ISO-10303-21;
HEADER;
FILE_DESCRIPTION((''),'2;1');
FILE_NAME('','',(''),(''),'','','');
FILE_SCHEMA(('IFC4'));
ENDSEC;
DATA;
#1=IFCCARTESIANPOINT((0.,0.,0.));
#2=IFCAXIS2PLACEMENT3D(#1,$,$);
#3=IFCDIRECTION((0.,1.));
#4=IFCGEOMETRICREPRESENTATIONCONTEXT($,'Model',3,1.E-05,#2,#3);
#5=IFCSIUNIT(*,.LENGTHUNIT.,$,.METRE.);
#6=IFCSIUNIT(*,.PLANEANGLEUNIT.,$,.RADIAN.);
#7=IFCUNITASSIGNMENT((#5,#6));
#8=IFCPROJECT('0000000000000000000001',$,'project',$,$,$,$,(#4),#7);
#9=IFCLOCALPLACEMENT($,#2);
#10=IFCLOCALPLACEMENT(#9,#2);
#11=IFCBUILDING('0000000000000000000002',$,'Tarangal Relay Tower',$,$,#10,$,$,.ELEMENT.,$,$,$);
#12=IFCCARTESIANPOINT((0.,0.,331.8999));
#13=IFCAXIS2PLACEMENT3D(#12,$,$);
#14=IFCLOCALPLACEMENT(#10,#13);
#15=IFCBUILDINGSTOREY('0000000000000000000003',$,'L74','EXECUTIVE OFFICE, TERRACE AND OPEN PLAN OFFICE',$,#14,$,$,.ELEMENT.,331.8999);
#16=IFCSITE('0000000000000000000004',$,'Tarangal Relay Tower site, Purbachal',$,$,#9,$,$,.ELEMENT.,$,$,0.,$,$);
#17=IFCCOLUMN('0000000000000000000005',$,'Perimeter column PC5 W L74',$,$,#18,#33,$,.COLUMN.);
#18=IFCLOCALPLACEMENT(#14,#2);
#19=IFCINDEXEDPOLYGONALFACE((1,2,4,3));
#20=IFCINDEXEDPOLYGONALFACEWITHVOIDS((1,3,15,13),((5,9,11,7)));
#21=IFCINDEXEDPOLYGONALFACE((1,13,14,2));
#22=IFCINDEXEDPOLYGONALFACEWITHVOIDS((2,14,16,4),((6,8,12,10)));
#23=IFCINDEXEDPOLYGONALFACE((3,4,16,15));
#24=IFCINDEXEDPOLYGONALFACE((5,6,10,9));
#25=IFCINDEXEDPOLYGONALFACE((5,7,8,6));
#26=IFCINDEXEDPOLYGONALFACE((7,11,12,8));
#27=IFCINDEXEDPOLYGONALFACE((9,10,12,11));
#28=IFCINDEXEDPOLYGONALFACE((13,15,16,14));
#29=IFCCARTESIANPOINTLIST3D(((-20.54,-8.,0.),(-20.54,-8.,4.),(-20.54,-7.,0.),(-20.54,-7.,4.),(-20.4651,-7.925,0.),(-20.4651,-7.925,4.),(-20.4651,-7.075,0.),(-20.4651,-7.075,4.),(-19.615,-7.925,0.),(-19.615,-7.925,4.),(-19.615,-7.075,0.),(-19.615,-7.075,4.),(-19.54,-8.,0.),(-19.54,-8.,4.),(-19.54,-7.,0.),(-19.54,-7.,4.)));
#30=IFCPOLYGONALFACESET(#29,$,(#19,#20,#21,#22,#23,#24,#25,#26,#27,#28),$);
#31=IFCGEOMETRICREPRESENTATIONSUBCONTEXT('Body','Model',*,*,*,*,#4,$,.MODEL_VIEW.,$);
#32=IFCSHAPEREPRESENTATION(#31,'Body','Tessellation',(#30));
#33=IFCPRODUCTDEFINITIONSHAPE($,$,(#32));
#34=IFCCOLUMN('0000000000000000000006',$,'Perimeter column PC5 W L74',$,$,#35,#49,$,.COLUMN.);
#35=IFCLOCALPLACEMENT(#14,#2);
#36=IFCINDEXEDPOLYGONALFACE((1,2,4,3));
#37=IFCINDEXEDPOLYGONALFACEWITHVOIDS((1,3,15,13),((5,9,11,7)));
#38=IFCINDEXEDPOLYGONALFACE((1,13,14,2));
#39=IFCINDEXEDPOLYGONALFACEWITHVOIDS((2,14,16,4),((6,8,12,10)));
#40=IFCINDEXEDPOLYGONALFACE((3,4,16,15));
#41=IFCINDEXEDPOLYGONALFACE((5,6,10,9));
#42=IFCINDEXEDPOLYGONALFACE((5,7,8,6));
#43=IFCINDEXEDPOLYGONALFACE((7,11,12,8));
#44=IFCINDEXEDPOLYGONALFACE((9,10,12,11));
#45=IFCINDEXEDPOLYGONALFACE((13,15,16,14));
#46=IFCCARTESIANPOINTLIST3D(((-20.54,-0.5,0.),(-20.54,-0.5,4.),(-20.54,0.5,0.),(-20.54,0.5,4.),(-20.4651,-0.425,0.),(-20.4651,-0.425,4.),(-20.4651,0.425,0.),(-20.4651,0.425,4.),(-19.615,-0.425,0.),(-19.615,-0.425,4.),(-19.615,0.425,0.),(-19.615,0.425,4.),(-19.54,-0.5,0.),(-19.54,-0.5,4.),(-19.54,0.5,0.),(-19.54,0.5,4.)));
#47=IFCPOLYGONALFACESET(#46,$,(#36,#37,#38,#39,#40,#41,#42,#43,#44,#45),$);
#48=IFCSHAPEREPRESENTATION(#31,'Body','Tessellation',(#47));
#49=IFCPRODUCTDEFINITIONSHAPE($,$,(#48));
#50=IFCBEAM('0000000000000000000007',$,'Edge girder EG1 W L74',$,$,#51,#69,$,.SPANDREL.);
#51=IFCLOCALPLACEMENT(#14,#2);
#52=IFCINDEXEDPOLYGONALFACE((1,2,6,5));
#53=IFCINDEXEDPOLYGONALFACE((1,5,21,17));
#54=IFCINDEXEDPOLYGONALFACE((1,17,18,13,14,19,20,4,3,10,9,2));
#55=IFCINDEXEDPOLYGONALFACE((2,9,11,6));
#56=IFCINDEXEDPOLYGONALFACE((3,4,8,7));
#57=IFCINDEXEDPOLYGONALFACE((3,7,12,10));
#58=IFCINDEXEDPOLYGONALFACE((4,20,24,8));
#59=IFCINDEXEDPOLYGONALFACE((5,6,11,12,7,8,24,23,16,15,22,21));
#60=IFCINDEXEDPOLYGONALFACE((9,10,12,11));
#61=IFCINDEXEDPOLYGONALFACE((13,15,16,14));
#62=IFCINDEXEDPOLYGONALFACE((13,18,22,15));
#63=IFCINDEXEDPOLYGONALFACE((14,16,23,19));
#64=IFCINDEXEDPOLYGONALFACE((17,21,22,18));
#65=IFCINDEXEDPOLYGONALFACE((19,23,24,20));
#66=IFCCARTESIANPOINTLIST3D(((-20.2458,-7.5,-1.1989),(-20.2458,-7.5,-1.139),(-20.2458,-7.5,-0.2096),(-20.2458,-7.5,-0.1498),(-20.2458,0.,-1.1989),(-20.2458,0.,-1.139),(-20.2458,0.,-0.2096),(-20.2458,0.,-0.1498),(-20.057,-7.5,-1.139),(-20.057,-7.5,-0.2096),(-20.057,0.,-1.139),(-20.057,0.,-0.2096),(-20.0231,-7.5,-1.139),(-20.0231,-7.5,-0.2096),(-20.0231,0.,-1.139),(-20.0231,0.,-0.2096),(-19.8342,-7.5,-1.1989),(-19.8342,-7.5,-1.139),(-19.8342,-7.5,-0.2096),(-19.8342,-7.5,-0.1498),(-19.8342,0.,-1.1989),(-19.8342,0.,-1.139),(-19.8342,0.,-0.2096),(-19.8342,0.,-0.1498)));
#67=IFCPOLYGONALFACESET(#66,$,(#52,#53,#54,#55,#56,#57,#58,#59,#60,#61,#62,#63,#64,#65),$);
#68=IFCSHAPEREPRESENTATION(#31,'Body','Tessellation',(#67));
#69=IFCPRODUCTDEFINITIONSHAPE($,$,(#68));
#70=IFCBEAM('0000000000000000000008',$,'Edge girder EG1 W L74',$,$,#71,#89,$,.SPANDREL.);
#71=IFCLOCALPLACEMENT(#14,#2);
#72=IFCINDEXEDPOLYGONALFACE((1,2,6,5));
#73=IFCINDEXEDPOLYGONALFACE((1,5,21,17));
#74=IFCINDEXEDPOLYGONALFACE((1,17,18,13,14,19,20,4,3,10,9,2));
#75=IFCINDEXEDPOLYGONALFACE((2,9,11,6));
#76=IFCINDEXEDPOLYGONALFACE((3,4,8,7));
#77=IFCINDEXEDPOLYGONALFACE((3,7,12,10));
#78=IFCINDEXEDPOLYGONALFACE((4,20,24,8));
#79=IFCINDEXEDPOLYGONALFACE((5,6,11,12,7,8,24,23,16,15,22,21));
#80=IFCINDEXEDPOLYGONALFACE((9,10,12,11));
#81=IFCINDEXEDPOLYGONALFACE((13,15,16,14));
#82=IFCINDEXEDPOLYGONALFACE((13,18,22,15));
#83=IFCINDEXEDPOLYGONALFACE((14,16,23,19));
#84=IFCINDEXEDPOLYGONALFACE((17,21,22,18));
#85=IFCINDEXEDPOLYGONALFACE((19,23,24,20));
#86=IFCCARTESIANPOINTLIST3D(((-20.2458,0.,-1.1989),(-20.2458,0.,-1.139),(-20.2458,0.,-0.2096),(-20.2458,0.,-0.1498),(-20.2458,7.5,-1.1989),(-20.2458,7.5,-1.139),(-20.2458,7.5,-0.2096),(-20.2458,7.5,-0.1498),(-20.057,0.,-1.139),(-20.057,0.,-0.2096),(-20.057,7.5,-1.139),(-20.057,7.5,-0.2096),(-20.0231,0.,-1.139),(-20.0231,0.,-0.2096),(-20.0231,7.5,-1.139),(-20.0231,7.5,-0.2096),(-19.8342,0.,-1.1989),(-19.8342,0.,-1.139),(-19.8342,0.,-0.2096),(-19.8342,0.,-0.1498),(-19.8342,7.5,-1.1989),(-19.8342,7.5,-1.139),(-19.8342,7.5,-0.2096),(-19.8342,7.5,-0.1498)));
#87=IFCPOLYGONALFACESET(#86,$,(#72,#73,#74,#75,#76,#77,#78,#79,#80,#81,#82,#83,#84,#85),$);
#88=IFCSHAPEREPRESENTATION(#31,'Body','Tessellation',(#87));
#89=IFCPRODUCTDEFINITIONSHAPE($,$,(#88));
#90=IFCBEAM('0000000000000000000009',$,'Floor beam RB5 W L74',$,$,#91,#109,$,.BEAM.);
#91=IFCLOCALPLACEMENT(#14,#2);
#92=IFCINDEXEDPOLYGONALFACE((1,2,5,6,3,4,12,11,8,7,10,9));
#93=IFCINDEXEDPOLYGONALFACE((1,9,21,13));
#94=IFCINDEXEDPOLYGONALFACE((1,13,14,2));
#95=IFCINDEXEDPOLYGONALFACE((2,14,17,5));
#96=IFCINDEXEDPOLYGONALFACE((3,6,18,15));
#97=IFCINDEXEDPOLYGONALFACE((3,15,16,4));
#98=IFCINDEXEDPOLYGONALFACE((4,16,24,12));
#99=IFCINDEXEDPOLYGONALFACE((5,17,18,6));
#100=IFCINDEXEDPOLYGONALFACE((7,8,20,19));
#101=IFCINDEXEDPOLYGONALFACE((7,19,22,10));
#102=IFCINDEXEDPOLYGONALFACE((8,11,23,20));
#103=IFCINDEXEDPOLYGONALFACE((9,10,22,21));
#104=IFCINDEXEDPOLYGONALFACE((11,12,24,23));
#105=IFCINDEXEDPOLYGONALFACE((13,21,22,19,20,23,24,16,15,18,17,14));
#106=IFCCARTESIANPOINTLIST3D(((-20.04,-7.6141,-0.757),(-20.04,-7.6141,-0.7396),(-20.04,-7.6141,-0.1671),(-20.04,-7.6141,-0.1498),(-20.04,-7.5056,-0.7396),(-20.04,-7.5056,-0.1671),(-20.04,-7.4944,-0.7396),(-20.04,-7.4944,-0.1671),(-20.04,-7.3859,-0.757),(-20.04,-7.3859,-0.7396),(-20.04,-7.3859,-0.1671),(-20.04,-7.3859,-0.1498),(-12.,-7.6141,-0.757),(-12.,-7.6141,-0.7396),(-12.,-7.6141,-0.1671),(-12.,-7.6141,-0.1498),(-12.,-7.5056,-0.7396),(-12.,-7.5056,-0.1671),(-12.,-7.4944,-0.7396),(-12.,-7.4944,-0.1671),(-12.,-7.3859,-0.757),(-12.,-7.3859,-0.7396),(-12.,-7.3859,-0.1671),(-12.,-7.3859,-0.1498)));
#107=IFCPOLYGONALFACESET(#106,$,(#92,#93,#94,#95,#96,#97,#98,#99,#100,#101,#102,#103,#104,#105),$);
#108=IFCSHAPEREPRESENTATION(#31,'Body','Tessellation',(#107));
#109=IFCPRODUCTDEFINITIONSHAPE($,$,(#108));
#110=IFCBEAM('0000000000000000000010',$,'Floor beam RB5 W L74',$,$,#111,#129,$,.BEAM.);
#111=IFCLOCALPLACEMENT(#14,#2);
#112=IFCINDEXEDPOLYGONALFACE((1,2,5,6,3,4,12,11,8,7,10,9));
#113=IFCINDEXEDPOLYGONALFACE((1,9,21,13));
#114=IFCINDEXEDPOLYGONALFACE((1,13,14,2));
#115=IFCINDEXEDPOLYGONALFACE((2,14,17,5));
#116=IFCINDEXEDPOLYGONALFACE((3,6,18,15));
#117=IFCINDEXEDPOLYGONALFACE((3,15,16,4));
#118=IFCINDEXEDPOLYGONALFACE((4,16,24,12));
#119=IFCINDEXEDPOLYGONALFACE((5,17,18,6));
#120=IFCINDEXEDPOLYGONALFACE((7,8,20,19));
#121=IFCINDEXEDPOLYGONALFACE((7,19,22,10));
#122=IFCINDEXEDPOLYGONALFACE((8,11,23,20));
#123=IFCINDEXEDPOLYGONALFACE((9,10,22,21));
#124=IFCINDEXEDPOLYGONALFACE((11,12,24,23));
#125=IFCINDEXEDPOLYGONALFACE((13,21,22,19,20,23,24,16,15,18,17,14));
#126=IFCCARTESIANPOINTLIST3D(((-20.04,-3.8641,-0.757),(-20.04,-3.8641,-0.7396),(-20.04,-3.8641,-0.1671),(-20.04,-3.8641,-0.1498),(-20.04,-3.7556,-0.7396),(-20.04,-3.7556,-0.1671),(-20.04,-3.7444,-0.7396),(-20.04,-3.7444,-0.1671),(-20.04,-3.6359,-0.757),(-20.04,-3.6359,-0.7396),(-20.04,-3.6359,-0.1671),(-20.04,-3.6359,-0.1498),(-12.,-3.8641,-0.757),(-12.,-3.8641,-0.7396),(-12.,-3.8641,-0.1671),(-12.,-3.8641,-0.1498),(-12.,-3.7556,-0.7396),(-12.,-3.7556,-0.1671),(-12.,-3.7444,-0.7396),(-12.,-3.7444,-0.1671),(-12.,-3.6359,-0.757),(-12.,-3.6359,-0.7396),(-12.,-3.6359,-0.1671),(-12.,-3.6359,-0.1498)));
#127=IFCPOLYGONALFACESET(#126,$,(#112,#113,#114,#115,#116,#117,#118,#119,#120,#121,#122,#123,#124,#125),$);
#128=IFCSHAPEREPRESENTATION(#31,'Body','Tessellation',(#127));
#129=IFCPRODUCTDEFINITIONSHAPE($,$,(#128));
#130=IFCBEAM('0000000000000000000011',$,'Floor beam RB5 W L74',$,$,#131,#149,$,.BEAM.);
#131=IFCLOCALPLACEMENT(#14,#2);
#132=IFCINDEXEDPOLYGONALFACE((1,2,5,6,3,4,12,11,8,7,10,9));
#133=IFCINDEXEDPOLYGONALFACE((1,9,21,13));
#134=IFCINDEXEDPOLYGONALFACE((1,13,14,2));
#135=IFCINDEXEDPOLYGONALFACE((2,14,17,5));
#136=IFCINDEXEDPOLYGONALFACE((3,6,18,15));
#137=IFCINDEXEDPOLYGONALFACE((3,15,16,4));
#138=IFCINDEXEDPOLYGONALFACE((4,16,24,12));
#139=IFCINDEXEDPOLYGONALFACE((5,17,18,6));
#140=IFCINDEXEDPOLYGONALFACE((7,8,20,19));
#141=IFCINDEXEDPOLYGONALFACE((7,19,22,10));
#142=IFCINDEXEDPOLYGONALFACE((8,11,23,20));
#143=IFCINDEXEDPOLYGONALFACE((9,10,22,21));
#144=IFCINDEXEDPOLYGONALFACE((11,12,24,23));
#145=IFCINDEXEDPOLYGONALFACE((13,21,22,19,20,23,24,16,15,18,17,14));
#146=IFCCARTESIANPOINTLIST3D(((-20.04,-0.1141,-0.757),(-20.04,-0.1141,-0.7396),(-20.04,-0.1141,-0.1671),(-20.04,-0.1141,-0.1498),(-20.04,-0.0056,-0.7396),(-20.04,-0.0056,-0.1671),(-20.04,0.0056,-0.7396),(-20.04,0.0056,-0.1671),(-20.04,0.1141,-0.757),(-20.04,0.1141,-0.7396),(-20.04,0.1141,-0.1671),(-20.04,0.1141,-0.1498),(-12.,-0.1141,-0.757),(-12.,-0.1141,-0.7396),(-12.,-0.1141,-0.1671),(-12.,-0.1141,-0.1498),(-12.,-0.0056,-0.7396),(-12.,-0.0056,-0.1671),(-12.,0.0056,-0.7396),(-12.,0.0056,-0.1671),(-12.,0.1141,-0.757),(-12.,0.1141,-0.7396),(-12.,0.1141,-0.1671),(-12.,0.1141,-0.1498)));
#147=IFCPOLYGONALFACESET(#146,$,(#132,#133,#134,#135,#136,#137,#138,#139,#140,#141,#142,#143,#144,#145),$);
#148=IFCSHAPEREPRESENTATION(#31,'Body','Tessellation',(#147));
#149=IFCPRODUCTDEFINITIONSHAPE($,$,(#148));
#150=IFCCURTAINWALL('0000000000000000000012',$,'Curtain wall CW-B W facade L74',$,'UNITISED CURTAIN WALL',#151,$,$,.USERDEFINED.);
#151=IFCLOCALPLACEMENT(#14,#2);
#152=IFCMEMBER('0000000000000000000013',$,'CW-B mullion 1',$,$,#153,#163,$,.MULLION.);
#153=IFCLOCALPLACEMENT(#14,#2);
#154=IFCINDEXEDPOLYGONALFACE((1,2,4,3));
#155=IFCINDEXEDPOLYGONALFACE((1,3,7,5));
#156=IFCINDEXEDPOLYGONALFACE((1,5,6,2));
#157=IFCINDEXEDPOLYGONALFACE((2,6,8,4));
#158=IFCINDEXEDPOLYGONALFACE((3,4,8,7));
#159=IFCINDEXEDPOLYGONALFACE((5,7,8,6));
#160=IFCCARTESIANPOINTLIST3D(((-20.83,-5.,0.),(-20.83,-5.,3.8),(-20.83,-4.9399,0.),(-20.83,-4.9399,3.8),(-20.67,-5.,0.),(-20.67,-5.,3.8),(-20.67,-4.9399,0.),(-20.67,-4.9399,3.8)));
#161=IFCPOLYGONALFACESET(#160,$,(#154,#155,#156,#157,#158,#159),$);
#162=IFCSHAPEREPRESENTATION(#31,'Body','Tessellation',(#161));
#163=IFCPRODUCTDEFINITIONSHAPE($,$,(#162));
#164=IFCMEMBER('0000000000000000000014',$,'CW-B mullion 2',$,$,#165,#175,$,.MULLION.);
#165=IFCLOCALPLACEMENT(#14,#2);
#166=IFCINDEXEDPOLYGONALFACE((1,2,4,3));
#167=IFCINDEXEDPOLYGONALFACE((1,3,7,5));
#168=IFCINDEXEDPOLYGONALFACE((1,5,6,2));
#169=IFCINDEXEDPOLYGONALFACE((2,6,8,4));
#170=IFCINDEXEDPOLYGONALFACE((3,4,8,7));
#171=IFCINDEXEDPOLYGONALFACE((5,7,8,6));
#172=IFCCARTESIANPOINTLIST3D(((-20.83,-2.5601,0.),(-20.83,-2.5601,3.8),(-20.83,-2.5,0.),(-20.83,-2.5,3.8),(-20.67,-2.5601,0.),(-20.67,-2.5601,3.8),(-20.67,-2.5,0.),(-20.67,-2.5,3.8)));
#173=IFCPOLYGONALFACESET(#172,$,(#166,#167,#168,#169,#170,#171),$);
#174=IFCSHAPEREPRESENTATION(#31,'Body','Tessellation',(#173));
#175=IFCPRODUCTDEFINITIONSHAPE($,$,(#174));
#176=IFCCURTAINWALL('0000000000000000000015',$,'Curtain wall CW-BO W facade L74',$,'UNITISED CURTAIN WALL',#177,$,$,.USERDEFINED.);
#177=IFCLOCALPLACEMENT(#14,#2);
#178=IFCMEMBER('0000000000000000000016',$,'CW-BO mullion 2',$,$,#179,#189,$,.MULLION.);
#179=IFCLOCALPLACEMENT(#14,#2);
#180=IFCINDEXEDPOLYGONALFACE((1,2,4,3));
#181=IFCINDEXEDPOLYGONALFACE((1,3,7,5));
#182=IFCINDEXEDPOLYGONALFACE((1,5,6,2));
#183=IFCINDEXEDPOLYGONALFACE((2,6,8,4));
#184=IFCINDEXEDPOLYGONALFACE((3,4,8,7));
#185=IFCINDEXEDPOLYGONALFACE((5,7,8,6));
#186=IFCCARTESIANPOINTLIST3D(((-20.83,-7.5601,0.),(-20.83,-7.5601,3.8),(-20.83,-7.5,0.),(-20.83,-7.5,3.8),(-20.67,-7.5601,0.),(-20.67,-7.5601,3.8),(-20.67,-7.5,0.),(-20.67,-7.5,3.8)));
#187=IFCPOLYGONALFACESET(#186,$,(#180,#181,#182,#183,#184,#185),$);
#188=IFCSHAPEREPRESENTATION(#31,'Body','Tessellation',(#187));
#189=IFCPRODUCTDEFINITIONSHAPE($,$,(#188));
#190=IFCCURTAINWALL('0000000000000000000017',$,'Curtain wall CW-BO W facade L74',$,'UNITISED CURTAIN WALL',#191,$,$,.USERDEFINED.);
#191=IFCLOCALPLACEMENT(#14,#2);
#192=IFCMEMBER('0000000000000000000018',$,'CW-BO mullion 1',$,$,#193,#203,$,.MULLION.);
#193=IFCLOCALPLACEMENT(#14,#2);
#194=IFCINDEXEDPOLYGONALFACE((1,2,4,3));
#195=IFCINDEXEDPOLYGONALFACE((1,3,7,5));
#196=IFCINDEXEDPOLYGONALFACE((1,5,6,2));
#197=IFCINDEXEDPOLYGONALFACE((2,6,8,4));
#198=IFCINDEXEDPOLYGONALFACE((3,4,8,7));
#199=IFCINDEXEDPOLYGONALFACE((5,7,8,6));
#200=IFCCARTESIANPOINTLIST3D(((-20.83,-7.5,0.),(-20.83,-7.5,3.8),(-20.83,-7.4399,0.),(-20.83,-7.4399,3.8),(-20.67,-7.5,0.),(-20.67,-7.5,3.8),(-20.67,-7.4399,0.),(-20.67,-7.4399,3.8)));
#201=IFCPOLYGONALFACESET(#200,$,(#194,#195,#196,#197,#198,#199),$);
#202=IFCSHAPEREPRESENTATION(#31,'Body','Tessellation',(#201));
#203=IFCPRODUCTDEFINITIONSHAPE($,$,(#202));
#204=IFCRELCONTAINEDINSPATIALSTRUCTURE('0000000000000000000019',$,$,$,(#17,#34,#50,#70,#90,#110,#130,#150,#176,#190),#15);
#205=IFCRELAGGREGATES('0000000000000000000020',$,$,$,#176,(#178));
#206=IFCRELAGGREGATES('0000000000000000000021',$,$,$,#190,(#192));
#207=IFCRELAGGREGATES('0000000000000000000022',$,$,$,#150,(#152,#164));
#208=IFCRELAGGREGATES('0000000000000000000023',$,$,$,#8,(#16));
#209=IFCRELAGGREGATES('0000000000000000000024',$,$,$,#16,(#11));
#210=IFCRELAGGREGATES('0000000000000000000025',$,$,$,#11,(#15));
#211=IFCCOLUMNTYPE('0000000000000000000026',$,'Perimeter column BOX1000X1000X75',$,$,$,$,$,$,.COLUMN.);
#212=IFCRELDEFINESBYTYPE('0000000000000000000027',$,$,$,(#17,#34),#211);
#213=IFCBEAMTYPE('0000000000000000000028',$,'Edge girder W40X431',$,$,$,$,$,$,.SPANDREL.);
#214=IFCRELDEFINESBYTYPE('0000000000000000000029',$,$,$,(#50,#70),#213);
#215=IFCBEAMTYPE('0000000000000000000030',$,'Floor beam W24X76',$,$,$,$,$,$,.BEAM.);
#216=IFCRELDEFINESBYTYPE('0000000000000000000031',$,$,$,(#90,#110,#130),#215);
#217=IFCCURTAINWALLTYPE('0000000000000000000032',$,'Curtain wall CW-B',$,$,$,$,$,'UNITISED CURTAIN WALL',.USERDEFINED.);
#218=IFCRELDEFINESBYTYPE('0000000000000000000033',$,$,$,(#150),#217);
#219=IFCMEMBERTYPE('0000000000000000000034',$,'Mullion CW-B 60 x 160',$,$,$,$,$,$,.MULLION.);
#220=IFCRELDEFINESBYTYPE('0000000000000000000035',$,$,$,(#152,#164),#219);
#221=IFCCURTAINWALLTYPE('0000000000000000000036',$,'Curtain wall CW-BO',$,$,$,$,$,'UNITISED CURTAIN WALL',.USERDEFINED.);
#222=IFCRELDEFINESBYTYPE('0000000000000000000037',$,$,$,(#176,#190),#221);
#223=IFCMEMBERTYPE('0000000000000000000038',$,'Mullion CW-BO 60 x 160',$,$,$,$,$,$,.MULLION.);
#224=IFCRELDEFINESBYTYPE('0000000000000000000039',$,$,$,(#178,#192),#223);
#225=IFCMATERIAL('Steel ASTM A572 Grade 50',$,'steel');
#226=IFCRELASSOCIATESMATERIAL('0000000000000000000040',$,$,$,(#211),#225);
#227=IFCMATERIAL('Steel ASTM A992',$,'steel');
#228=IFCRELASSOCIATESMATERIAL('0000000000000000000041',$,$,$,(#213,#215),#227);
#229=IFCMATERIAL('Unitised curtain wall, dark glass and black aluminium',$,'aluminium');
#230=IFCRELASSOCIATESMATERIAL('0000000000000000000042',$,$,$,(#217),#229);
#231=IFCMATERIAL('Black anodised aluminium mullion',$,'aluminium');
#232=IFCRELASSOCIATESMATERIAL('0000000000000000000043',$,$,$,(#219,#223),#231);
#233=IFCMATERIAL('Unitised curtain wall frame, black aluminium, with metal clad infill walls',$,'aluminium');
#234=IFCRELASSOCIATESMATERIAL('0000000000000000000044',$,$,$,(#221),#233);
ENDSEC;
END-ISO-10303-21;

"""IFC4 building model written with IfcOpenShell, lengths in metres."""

from ifc_helpers import new_model, si_unit, direction, frame, origin, origin_2d, place, context, subcontext, project, spatial, rectangle, hollow_rectangle, i_section, extrude, material, material_profile, profile_set, type_object, element, aggregate, save


model = new_model("IFC4")

# Units and contexts
model_context = context("Model", 3, precision=1e-05, world=origin(), true_north=direction((0.0, 1.0)))
body_context = subcontext(model_context, "Body", "Model", "MODEL_VIEW")
ifc_project = project(units=[si_unit("LENGTHUNIT", "METRE"), si_unit("PLANEANGLEUNIT", "RADIAN")], contexts=[model_context])

# Site, building, storey
site_placement = place(None, origin())
site = spatial("IfcSite", under=ifc_project, at=site_placement, Name="Tarangal Relay Tower site, Purbachal", CompositionType="ELEMENT", RefElevation=0.0)
building_placement = place(site_placement, origin())
building = spatial("IfcBuilding", under=site, at=building_placement, Name="Tarangal Relay Tower", CompositionType="ELEMENT")
storey_placement = place(building_placement, frame((0.0, 0.0, 331.8999)))
storey = spatial("IfcBuildingStorey", under=building, at=storey_placement, Name="L74", Description="EXECUTIVE OFFICE, TERRACE AND OPEN PLAN OFFICE", CompositionType="ELEMENT", Elevation=331.8999)

# Columns
ifc_material_1 = material(Name="Steel ASTM A572 Grade 50", Category="steel")
ifc_material_profile_1 = material_profile(ifc_material_1, hollow_rectangle(XDim=1.0, YDim=1.0, WallThickness=0.075, at=origin_2d()), Name="BOX1000X1000X75")
ifc_profile_set_1 = profile_set([ifc_material_profile_1], Name="Steel ASTM A572 Grade 50")
column_type = type_object("IfcColumnType", Name="Perimeter column BOX1000X1000X75", PredefinedType="COLUMN", material=ifc_profile_set_1)
for number, where, z_axis, x_axis, name in (
    (1, (-20.04, -7.5, 0.0), (0.0, 0.0, 1.0), (1.0, 0.0, 0.0), "Perimeter column PC5 W L74"),
    (2, (-20.04, 0.0, 0.0), (0.0, 0.0, 1.0), (1.0, 0.0, 0.0), "Perimeter column PC5 W L74"),
):
    element("IfcColumn", number, at=place(storey_placement, frame(where, z_axis=z_axis, x_axis=x_axis)), inside=storey, type_object=column_type, Name=name, PredefinedType="COLUMN", context=body_context, shape_type="SweptSolid", body=[
        extrude(hollow_rectangle(XDim=1.0, YDim=1.0, WallThickness=0.075, at=origin_2d()), origin(), (0.0, 0.0, 1.0), 4.0),
    ])

# Beams
ifc_material_2 = material(Name="Steel ASTM A992", Category="steel")
ifc_material_profile_2 = material_profile(ifc_material_2, i_section(OverallWidth=0.4116, OverallDepth=1.0491, WebThickness=0.0339, FlangeThickness=0.0598, at=origin_2d()), Name="W40X431")
ifc_profile_set_2 = profile_set([ifc_material_profile_2], Name="Steel ASTM A992")
beam_type_1 = type_object("IfcBeamType", Name="Edge girder W40X431", PredefinedType="SPANDREL", material=ifc_profile_set_2)
for number, where, z_axis, x_axis, name in (
    (3, (-20.04, -7.5, -0.6743), (0.0, 1.0, 0.0), (-1.0, 0.0, 0.0), "Edge girder EG1 W L74"),
    (4, (-20.04, 0.0, -0.6743), (0.0, 1.0, 0.0), (-1.0, 0.0, 0.0), "Edge girder EG1 W L74"),
):
    element("IfcBeam", number, at=place(storey_placement, frame(where, z_axis=z_axis, x_axis=x_axis)), inside=storey, type_object=beam_type_1, Name=name, PredefinedType="SPANDREL", context=body_context, shape_type="SweptSolid", body=[
        extrude(i_section(OverallWidth=0.4116, OverallDepth=1.0491, WebThickness=0.0339, FlangeThickness=0.0598, at=origin_2d()), origin(), (0.0, 0.0, 1.0), 7.5),
    ])
ifc_material_profile_3 = material_profile(ifc_material_2, i_section(OverallWidth=0.2283, OverallDepth=0.6072, WebThickness=0.0112, FlangeThickness=0.0173, at=origin_2d()), Name="W24X76")
ifc_profile_set_3 = profile_set([ifc_material_profile_3], Name="Steel ASTM A992")
beam_type_2 = type_object("IfcBeamType", Name="Floor beam W24X76", PredefinedType="BEAM", material=ifc_profile_set_3)
for number, where, z_axis, x_axis, name in (
    (5, (-12.0, -7.5, -0.4534), (-1.0, 0.0, 0.0), (0.0, -1.0, 0.0), "Floor beam RB5 W L74"),
    (6, (-12.0, -3.75, -0.4534), (-1.0, 0.0, 0.0), (0.0, -1.0, 0.0), "Floor beam RB5 W L74"),
    (7, (-12.0, 0.0, -0.4534), (-1.0, 0.0, 0.0), (0.0, -1.0, 0.0), "Floor beam RB5 W L74"),
):
    element("IfcBeam", number, at=place(storey_placement, frame(where, z_axis=z_axis, x_axis=x_axis)), inside=storey, type_object=beam_type_2, Name=name, PredefinedType="BEAM", context=body_context, shape_type="SweptSolid", body=[
        extrude(i_section(OverallWidth=0.2283, OverallDepth=0.6072, WebThickness=0.0112, FlangeThickness=0.0173, at=origin_2d()), origin(), (0.0, 0.0, 1.0), 8.04),
    ])

# Curtain wall, members
ifc_material_3 = material(Name="Unitised curtain wall, dark glass and black aluminium", Category="aluminium")
curtain_wall_type_1 = type_object("IfcCurtainWallType", Name="Curtain wall CW-B", ElementType="UNITISED CURTAIN WALL", PredefinedType="USERDEFINED", material=ifc_material_3)
curtain_wall_1_placement = place(storey_placement, origin())
curtain_wall_1 = element("IfcCurtainWall", 8, at=curtain_wall_1_placement, inside=storey, type_object=curtain_wall_type_1, Name="Curtain wall CW-B W facade L74", ObjectType="UNITISED CURTAIN WALL", PredefinedType="USERDEFINED")
ifc_material_4 = material(Name="Black anodised aluminium mullion", Category="aluminium")
ifc_material_profile_4 = material_profile(ifc_material_4, rectangle(XDim=0.1599, YDim=0.0601, at=origin_2d()), Name="CW-BM 60X160")
ifc_profile_set_4 = profile_set([ifc_material_profile_4], Name="Black anodised aluminium mullion")
member_type_1 = type_object("IfcMemberType", Name="Mullion CW-B 60 x 160", PredefinedType="MULLION", material=ifc_profile_set_4)
member_1_placement = place(storey_placement, frame((-20.75, -4.97, 0.0), z_axis=(0.0, 0.0, 1.0), x_axis=(-1.0, 0.0, 0.0)))
member_1 = element("IfcMember", 9, at=member_1_placement, type_object=member_type_1, Name="CW-B mullion 1", PredefinedType="MULLION", context=body_context, shape_type="SweptSolid", body=[
    extrude(rectangle(XDim=0.1599, YDim=0.0601, at=origin_2d()), origin(), (0.0, 0.0, 1.0), 3.8),
])
member_2_placement = place(storey_placement, frame((-20.75, -2.53, 0.0), z_axis=(0.0, 0.0, 1.0), x_axis=(-1.0, 0.0, 0.0)))
member_2 = element("IfcMember", 10, at=member_2_placement, type_object=member_type_1, Name="CW-B mullion 2", PredefinedType="MULLION", context=body_context, shape_type="SweptSolid", body=[
    extrude(rectangle(XDim=0.1599, YDim=0.0601, at=origin_2d()), origin(), (0.0, 0.0, 1.0), 3.8),
])

# Curtain wall, member
ifc_material_5 = material(Name="Unitised curtain wall frame, black aluminium, with metal clad infill walls", Category="aluminium")
curtain_wall_type_2 = type_object("IfcCurtainWallType", Name="Curtain wall CW-BO", ElementType="UNITISED CURTAIN WALL", PredefinedType="USERDEFINED", material=ifc_material_5)
curtain_wall_2_placement = place(storey_placement, origin())
curtain_wall_2 = element("IfcCurtainWall", 11, at=curtain_wall_2_placement, inside=storey, type_object=curtain_wall_type_2, Name="Curtain wall CW-BO W facade L74", ObjectType="UNITISED CURTAIN WALL", PredefinedType="USERDEFINED")
ifc_material_profile_5 = material_profile(ifc_material_4, rectangle(XDim=0.1599, YDim=0.0601, at=origin_2d()), Name="CW-BOM 60X160")
ifc_profile_set_5 = profile_set([ifc_material_profile_5], Name="Black anodised aluminium mullion")
member_type_2 = type_object("IfcMemberType", Name="Mullion CW-BO 60 x 160", PredefinedType="MULLION", material=ifc_profile_set_5)
member_3_placement = place(storey_placement, frame((-20.75, -7.53, 0.0), z_axis=(0.0, 0.0, 1.0), x_axis=(-1.0, 0.0, 0.0)))
member_3 = element("IfcMember", 12, at=member_3_placement, type_object=member_type_2, Name="CW-BO mullion 2", PredefinedType="MULLION", context=body_context, shape_type="SweptSolid", body=[
    extrude(rectangle(XDim=0.1599, YDim=0.0601, at=origin_2d()), origin(), (0.0, 0.0, 1.0), 3.8),
])

# Curtain wall, member
curtain_wall_3_placement = place(storey_placement, origin())
curtain_wall_3 = element("IfcCurtainWall", 13, at=curtain_wall_3_placement, inside=storey, type_object=curtain_wall_type_2, Name="Curtain wall CW-BO W facade L74", ObjectType="UNITISED CURTAIN WALL", PredefinedType="USERDEFINED")
member_4_placement = place(storey_placement, frame((-20.75, -7.47, 0.0), z_axis=(0.0, 0.0, 1.0), x_axis=(-1.0, 0.0, 0.0)))
member_4 = element("IfcMember", 14, at=member_4_placement, type_object=member_type_2, Name="CW-BO mullion 1", PredefinedType="MULLION", context=body_context, shape_type="SweptSolid", body=[
    extrude(rectangle(XDim=0.1599, YDim=0.0601, at=origin_2d()), origin(), (0.0, 0.0, 1.0), 3.8),
])

aggregate(curtain_wall_2, [member_3])
aggregate(curtain_wall_3, [member_4])

aggregate(curtain_wall_1, [member_1, member_2])

save(model, "model.ifc")
